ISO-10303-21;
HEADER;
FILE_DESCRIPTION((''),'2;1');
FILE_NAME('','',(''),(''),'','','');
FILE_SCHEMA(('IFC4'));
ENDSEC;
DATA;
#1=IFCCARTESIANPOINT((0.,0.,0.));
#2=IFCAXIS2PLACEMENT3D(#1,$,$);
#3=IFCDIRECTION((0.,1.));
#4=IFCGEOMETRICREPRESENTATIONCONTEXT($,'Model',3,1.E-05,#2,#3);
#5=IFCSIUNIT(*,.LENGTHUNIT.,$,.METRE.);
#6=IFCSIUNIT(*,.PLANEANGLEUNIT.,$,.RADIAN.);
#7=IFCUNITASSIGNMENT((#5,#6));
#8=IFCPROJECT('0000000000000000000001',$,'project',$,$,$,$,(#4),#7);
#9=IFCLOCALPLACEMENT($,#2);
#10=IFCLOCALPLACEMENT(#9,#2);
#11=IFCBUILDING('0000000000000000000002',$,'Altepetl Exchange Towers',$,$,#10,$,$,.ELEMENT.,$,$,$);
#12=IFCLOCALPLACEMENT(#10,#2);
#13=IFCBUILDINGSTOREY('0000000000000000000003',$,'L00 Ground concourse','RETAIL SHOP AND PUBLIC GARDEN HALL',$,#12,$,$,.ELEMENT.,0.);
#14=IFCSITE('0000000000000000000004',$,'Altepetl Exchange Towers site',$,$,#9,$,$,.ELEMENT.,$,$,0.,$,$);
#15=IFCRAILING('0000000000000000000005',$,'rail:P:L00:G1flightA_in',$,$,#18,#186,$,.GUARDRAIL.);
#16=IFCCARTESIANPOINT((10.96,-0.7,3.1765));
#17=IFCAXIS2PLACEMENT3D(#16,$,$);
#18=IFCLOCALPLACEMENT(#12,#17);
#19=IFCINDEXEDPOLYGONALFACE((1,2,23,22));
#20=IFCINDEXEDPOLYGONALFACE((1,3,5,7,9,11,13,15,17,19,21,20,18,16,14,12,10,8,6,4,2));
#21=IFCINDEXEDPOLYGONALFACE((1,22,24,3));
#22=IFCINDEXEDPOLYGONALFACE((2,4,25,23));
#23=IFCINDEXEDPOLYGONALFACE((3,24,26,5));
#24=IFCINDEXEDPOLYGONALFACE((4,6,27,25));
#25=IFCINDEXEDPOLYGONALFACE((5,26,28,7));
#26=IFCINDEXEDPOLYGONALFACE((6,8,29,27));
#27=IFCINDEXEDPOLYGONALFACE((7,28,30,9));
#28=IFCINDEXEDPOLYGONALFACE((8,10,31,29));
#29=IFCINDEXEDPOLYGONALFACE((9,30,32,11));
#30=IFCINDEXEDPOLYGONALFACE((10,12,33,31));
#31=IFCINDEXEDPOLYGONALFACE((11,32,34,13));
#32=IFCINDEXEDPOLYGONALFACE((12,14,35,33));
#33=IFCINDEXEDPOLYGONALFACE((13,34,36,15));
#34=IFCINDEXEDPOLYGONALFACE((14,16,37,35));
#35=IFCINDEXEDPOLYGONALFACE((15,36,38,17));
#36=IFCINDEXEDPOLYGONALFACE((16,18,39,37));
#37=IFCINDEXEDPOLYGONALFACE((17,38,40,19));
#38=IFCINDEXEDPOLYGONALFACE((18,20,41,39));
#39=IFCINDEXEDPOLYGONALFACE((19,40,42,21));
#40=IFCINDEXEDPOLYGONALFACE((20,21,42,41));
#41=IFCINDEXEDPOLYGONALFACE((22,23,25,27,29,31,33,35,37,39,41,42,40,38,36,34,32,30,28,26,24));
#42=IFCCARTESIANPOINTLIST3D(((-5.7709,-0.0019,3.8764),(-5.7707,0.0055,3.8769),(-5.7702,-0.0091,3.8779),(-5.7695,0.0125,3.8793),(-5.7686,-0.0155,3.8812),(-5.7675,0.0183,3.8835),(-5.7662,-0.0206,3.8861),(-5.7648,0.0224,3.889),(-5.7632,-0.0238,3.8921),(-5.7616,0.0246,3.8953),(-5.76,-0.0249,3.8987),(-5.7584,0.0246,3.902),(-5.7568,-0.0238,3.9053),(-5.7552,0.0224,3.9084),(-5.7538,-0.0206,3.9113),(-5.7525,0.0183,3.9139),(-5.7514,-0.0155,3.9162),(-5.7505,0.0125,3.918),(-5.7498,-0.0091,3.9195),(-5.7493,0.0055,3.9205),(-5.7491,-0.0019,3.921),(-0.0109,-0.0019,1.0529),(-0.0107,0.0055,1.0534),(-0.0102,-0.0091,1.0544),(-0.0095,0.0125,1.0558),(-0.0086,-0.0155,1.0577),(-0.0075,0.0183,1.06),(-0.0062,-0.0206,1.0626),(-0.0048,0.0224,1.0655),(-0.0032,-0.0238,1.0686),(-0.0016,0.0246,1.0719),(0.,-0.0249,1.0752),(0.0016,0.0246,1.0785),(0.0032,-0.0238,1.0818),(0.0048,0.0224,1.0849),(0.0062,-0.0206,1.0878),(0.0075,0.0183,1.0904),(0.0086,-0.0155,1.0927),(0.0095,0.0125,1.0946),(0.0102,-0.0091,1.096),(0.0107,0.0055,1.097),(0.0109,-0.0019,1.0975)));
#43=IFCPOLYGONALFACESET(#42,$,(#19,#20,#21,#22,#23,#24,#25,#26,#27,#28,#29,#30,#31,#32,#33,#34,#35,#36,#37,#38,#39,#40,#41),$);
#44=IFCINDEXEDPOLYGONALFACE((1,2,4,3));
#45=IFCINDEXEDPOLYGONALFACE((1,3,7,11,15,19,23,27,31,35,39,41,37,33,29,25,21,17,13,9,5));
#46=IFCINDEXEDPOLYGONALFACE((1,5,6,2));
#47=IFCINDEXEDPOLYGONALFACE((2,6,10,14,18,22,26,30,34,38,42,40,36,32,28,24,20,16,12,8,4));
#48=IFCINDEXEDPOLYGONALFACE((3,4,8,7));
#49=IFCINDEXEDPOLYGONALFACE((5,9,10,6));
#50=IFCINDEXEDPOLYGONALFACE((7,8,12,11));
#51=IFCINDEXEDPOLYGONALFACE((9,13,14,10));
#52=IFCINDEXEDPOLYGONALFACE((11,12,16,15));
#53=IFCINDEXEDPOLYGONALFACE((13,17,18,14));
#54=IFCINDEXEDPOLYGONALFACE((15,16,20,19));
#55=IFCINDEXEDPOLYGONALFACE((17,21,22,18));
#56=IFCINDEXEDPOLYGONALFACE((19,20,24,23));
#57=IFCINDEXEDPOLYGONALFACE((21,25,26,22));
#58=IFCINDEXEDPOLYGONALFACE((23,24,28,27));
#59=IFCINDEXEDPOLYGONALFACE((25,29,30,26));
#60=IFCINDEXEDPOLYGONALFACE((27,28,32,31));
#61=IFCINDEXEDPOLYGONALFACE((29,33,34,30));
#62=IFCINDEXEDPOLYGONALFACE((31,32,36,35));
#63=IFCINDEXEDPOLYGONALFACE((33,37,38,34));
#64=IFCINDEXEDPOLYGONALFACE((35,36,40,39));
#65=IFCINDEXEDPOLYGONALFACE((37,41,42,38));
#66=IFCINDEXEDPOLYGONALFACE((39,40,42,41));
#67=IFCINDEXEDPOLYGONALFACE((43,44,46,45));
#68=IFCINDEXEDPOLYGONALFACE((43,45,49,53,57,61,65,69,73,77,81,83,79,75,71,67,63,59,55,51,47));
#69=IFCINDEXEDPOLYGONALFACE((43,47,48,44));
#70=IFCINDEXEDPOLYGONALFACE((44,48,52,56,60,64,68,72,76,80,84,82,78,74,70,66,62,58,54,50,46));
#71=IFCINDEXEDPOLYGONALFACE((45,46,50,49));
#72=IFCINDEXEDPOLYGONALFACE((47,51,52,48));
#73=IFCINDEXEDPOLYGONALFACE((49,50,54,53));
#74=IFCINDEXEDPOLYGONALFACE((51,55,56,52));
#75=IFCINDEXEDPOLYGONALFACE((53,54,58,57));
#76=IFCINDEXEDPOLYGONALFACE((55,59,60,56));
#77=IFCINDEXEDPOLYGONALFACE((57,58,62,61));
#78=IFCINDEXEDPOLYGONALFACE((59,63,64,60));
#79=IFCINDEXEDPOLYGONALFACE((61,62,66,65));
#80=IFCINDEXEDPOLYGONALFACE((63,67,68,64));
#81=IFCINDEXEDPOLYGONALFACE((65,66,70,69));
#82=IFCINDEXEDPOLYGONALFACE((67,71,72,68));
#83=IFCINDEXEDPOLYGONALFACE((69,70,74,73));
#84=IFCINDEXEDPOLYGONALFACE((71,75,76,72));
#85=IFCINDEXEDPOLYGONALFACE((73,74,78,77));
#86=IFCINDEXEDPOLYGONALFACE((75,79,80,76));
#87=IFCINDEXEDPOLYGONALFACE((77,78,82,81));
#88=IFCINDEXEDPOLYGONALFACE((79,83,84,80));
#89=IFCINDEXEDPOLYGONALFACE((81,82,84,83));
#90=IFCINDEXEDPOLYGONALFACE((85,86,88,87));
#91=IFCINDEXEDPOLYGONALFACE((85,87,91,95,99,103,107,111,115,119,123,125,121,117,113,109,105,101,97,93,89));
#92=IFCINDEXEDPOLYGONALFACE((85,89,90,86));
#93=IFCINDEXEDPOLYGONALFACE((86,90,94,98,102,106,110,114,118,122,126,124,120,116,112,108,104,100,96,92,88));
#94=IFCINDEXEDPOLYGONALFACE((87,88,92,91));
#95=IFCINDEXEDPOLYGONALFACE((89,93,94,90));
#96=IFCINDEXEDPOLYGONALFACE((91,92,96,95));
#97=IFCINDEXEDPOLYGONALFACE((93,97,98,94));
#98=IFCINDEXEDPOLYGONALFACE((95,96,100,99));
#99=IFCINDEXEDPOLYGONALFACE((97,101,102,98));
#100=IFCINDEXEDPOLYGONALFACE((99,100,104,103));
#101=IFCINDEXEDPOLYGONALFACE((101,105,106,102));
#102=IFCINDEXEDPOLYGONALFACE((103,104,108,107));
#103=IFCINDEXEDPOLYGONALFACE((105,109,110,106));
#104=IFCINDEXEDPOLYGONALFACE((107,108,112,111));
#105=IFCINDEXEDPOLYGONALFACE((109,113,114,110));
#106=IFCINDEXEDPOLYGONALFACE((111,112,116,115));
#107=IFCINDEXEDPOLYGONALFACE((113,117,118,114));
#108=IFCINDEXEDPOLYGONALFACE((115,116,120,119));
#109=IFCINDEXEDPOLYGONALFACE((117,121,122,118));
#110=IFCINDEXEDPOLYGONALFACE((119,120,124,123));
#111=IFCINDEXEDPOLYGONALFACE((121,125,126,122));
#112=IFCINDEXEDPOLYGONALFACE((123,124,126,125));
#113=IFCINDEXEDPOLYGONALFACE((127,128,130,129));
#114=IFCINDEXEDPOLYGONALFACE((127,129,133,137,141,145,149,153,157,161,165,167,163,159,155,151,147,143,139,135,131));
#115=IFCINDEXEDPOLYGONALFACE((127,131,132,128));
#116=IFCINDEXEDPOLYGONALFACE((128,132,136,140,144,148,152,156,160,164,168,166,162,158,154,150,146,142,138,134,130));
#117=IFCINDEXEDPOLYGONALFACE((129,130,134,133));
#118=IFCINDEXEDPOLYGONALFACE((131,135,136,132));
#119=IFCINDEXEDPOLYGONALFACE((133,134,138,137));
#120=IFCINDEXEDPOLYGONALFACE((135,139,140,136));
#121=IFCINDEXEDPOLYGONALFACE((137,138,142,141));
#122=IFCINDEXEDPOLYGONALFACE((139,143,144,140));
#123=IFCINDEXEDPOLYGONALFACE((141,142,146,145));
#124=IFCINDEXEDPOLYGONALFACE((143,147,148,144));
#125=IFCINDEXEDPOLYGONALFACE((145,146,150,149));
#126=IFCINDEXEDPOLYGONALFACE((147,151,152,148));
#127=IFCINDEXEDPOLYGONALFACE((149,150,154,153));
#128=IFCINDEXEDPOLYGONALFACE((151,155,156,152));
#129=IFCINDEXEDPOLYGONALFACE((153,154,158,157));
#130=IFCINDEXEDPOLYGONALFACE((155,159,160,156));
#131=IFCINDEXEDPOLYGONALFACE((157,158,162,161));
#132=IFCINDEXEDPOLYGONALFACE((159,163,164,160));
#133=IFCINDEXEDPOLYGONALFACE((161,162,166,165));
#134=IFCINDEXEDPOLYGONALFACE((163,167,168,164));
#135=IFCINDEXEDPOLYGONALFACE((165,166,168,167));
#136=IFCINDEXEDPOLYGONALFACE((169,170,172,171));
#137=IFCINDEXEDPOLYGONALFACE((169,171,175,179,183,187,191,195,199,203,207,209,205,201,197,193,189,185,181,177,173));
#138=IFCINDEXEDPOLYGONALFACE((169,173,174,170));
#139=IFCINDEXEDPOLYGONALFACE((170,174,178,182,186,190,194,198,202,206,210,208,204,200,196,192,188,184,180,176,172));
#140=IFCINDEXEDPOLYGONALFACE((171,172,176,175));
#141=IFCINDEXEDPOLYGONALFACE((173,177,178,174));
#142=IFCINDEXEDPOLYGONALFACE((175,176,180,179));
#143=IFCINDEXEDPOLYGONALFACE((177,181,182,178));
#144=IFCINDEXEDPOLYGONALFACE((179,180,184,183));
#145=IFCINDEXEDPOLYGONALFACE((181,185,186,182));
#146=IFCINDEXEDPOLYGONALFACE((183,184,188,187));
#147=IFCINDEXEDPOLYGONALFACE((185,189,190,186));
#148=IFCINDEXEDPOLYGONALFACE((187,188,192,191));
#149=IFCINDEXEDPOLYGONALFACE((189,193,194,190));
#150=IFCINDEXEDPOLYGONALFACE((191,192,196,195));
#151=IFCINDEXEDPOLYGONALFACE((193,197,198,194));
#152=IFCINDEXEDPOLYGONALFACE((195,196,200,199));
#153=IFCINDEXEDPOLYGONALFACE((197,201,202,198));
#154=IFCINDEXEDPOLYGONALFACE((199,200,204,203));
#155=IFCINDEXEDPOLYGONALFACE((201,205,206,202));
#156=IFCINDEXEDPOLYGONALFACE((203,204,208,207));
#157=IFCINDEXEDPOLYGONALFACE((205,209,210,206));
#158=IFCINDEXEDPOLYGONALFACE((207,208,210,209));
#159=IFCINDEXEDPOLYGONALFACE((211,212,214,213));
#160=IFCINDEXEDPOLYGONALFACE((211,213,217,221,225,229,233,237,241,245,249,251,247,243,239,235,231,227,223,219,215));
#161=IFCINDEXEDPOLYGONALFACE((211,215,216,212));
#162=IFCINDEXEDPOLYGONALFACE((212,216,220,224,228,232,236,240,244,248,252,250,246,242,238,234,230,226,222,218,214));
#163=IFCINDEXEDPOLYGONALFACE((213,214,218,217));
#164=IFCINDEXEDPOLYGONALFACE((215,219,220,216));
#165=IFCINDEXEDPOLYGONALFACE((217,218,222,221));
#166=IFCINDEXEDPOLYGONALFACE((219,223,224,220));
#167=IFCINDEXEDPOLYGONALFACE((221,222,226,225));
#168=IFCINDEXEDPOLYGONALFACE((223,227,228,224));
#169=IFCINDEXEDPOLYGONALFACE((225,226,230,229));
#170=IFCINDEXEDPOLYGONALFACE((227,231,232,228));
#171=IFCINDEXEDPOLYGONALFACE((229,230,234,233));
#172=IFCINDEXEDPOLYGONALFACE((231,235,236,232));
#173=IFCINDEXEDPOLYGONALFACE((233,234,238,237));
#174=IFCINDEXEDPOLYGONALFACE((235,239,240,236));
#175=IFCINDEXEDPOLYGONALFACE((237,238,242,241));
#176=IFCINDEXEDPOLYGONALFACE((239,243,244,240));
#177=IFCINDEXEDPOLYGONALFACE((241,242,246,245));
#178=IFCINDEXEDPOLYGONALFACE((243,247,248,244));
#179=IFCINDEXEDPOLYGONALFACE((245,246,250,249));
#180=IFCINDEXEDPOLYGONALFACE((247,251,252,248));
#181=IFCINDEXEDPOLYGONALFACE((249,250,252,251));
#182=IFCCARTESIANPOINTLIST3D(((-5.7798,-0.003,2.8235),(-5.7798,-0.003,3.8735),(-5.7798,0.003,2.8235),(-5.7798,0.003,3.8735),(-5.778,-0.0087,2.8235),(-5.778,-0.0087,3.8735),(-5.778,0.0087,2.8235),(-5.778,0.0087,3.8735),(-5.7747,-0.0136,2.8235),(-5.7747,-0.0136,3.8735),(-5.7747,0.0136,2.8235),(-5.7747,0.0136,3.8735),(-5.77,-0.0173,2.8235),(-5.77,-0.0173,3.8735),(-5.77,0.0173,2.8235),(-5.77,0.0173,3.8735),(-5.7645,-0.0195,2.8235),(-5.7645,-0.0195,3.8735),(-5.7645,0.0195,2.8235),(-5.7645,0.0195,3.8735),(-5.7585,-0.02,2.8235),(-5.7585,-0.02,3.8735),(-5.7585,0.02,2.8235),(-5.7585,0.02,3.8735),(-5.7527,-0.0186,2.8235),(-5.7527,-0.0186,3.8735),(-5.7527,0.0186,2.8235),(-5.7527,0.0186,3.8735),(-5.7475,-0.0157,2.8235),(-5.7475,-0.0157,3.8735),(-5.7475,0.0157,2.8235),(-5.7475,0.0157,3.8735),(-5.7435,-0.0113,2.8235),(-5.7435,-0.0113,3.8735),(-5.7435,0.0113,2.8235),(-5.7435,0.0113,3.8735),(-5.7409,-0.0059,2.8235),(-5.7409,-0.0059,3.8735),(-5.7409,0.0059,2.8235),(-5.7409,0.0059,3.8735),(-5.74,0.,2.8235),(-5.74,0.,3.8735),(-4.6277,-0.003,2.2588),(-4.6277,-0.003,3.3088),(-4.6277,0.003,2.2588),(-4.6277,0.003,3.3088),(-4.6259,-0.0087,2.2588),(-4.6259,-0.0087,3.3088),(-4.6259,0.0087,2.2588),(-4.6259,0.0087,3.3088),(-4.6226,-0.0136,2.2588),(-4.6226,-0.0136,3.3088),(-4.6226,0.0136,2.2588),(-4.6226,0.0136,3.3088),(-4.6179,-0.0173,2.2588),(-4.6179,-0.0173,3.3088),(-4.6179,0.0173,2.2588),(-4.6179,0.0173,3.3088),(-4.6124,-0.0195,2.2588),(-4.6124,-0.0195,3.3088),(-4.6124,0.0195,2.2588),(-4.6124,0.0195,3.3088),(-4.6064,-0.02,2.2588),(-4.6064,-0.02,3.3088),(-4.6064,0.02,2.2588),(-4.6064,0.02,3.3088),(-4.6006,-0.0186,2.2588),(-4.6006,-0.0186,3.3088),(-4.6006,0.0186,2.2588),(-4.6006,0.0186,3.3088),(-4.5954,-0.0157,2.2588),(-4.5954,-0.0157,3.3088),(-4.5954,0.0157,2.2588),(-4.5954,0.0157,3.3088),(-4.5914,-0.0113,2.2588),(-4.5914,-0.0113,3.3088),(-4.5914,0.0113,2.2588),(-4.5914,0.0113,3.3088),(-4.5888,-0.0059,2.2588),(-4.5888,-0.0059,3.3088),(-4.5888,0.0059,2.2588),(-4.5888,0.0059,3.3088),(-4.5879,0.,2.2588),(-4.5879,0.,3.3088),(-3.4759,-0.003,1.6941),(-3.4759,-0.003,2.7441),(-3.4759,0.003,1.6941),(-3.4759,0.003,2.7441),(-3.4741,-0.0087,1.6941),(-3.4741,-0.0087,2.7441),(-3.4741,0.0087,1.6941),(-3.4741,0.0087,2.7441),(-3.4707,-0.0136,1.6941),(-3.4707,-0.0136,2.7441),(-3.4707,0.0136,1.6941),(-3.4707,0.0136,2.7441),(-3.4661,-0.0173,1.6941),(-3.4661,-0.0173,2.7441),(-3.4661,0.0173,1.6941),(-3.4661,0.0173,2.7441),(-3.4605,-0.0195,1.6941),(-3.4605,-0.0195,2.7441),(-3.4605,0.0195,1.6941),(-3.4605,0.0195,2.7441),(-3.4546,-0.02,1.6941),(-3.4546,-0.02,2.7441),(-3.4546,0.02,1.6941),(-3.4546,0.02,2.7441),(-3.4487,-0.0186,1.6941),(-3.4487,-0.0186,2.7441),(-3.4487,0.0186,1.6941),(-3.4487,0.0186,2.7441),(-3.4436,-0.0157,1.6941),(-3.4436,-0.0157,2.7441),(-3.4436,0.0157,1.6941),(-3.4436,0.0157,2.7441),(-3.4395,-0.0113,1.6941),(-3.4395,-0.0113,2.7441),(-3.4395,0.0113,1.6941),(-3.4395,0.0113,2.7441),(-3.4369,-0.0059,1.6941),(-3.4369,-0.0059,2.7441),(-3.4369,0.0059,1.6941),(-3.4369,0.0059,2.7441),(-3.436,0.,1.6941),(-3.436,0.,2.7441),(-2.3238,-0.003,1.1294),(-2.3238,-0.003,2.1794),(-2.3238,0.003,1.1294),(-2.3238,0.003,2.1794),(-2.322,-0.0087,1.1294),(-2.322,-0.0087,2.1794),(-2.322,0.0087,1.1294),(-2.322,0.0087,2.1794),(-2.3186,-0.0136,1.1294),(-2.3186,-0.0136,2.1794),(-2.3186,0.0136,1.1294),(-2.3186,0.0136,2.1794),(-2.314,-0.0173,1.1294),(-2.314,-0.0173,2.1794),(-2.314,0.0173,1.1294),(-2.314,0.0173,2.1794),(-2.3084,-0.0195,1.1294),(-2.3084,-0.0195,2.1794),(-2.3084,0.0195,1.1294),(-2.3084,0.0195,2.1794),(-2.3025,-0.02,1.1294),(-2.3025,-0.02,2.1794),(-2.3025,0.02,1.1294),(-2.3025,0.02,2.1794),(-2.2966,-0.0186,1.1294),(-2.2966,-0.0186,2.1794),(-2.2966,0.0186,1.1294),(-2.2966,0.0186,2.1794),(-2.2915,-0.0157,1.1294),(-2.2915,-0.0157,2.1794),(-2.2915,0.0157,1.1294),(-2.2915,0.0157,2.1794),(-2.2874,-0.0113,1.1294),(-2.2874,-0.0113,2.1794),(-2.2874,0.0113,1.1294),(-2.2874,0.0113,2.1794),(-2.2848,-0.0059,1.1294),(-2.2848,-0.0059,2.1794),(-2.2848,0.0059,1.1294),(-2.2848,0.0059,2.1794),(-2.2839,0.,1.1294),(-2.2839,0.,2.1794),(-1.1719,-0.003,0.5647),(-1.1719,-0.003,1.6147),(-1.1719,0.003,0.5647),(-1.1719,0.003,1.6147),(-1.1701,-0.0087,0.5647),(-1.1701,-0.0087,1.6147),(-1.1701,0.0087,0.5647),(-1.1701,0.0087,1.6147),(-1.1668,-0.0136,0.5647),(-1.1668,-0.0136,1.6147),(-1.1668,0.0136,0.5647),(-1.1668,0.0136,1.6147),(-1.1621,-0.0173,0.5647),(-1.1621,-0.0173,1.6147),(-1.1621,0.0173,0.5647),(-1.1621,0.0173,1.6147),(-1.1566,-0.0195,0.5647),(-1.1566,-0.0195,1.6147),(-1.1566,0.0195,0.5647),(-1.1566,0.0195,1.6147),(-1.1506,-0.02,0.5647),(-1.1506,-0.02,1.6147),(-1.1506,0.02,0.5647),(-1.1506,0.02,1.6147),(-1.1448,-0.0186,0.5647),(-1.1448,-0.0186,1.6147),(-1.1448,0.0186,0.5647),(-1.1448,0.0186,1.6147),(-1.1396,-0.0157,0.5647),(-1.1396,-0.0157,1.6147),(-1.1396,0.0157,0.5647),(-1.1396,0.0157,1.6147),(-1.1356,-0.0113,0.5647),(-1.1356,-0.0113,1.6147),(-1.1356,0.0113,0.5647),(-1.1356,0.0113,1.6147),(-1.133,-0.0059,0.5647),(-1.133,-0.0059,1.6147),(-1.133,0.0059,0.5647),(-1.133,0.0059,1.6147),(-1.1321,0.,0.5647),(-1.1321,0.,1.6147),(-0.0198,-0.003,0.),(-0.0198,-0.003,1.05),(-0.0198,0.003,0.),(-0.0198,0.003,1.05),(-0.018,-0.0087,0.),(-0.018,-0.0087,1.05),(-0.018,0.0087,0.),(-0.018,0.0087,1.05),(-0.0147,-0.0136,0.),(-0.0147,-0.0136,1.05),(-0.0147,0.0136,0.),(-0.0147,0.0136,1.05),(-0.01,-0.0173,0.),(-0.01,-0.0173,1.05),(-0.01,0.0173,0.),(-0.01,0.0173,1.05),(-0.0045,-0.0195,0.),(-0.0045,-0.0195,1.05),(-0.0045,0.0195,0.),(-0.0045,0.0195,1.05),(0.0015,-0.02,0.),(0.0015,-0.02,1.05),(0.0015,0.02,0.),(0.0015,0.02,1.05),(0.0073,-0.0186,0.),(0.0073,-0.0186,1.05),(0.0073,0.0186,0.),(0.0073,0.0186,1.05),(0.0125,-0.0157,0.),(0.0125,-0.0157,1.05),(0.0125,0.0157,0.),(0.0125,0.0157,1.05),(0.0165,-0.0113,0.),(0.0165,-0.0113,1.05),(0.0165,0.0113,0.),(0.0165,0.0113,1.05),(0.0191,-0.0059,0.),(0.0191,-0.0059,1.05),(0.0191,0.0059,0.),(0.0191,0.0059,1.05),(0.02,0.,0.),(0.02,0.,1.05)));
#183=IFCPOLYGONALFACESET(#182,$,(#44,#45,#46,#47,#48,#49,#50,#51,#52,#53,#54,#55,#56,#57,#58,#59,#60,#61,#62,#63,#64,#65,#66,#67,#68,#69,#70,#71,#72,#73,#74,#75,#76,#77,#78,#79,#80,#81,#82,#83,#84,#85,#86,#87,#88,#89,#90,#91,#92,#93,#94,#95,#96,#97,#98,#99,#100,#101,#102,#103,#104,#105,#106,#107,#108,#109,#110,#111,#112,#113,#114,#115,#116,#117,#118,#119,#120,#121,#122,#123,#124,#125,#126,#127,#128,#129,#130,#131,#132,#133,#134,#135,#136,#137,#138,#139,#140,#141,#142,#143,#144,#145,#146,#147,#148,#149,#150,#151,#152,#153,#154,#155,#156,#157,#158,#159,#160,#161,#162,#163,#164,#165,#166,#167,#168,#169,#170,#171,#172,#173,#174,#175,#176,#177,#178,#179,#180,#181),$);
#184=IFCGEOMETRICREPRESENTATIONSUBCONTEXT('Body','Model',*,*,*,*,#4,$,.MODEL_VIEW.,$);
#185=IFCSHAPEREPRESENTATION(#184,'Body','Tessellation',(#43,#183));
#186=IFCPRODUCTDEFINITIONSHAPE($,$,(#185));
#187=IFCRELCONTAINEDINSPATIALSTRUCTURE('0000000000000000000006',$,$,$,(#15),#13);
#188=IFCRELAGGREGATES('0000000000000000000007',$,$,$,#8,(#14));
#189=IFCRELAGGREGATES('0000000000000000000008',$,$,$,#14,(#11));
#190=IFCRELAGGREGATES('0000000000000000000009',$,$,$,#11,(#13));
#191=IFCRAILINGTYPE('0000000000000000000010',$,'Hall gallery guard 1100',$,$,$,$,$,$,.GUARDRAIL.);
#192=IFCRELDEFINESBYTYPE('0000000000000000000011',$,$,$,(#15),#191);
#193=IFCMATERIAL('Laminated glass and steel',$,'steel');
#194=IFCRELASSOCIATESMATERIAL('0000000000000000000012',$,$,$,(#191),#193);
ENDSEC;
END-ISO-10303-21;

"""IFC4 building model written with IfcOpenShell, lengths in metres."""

from ifc_helpers import new_model, si_unit, direction, frame, origin, origin_2d, place, context, subcontext, project, spatial, circle, extrude, source, transform, mapped, material, type_object, element, save


model = new_model("IFC4")

# Units and contexts
model_context = context("Model", 3, precision=1e-05, world=origin(), true_north=direction((0.0, 1.0)))
body_context = subcontext(model_context, "Body", "Model", "MODEL_VIEW")
ifc_project = project(units=[si_unit("LENGTHUNIT", "METRE"), si_unit("PLANEANGLEUNIT", "RADIAN")], contexts=[model_context])

# Site, building, storey
site_placement = place(None, origin())
site = spatial("IfcSite", under=ifc_project, at=site_placement, Name="Altepetl Exchange Towers site", CompositionType="ELEMENT", RefElevation=0.0)
building_placement = place(site_placement, origin())
building = spatial("IfcBuilding", under=site, at=building_placement, Name="Altepetl Exchange Towers", CompositionType="ELEMENT")
storey_placement = place(building_placement, origin())
storey = spatial("IfcBuildingStorey", under=building, at=storey_placement, Name="L00 Ground concourse", Description="RETAIL SHOP AND PUBLIC GARDEN HALL", CompositionType="ELEMENT", Elevation=0.0)

# Railing
ifc_material_1 = material(Name="Laminated glass and steel", Category="steel")
railing_type_1 = type_object("IfcRailingType", Name="Hall gallery guard 1100", PredefinedType="GUARDRAIL", material=ifc_material_1)
shared_shape_1 = source(origin(), body_context, "Body", "SweptSolid", [
    extrude(circle(Radius=0.02, at=origin_2d()), origin(), (0.0, 0.0, 1.0), 1.05),
])
for number, where, name in (
    (1, (10.96, -0.7, 3.1765), "rail:P:L00:G1flightA_in"),
):
    element("IfcRailing", number, at=place(storey_placement, frame(where)), inside=storey, type_object=railing_type_1, Name=name, PredefinedType="GUARDRAIL", context=body_context, shape_type="SweptSolid", body=[
        extrude(circle(Radius=0.0249, at=origin_2d()), frame((0.0, 0.0, 1.0752), z_axis=(-0.897924, 0.0, 0.440151), x_axis=(0.0, -1.0, 0.0)), (0.0, 0.0, 1.0), 6.4148),
        mapped(shared_shape_1, transform((0.0, 0.0, 0.0))),
        mapped(shared_shape_1, transform((-1.1521, 0.0, 0.5647))),
        mapped(shared_shape_1, transform((-2.304, 0.0, 1.1294))),
        mapped(shared_shape_1, transform((-3.4561, 0.0, 1.6941))),
        mapped(shared_shape_1, transform((-4.6079, 0.0, 2.2588))),
        mapped(shared_shape_1, transform((-5.76, 0.0, 2.8235))),
    ])

save(model, "model.ifc")
